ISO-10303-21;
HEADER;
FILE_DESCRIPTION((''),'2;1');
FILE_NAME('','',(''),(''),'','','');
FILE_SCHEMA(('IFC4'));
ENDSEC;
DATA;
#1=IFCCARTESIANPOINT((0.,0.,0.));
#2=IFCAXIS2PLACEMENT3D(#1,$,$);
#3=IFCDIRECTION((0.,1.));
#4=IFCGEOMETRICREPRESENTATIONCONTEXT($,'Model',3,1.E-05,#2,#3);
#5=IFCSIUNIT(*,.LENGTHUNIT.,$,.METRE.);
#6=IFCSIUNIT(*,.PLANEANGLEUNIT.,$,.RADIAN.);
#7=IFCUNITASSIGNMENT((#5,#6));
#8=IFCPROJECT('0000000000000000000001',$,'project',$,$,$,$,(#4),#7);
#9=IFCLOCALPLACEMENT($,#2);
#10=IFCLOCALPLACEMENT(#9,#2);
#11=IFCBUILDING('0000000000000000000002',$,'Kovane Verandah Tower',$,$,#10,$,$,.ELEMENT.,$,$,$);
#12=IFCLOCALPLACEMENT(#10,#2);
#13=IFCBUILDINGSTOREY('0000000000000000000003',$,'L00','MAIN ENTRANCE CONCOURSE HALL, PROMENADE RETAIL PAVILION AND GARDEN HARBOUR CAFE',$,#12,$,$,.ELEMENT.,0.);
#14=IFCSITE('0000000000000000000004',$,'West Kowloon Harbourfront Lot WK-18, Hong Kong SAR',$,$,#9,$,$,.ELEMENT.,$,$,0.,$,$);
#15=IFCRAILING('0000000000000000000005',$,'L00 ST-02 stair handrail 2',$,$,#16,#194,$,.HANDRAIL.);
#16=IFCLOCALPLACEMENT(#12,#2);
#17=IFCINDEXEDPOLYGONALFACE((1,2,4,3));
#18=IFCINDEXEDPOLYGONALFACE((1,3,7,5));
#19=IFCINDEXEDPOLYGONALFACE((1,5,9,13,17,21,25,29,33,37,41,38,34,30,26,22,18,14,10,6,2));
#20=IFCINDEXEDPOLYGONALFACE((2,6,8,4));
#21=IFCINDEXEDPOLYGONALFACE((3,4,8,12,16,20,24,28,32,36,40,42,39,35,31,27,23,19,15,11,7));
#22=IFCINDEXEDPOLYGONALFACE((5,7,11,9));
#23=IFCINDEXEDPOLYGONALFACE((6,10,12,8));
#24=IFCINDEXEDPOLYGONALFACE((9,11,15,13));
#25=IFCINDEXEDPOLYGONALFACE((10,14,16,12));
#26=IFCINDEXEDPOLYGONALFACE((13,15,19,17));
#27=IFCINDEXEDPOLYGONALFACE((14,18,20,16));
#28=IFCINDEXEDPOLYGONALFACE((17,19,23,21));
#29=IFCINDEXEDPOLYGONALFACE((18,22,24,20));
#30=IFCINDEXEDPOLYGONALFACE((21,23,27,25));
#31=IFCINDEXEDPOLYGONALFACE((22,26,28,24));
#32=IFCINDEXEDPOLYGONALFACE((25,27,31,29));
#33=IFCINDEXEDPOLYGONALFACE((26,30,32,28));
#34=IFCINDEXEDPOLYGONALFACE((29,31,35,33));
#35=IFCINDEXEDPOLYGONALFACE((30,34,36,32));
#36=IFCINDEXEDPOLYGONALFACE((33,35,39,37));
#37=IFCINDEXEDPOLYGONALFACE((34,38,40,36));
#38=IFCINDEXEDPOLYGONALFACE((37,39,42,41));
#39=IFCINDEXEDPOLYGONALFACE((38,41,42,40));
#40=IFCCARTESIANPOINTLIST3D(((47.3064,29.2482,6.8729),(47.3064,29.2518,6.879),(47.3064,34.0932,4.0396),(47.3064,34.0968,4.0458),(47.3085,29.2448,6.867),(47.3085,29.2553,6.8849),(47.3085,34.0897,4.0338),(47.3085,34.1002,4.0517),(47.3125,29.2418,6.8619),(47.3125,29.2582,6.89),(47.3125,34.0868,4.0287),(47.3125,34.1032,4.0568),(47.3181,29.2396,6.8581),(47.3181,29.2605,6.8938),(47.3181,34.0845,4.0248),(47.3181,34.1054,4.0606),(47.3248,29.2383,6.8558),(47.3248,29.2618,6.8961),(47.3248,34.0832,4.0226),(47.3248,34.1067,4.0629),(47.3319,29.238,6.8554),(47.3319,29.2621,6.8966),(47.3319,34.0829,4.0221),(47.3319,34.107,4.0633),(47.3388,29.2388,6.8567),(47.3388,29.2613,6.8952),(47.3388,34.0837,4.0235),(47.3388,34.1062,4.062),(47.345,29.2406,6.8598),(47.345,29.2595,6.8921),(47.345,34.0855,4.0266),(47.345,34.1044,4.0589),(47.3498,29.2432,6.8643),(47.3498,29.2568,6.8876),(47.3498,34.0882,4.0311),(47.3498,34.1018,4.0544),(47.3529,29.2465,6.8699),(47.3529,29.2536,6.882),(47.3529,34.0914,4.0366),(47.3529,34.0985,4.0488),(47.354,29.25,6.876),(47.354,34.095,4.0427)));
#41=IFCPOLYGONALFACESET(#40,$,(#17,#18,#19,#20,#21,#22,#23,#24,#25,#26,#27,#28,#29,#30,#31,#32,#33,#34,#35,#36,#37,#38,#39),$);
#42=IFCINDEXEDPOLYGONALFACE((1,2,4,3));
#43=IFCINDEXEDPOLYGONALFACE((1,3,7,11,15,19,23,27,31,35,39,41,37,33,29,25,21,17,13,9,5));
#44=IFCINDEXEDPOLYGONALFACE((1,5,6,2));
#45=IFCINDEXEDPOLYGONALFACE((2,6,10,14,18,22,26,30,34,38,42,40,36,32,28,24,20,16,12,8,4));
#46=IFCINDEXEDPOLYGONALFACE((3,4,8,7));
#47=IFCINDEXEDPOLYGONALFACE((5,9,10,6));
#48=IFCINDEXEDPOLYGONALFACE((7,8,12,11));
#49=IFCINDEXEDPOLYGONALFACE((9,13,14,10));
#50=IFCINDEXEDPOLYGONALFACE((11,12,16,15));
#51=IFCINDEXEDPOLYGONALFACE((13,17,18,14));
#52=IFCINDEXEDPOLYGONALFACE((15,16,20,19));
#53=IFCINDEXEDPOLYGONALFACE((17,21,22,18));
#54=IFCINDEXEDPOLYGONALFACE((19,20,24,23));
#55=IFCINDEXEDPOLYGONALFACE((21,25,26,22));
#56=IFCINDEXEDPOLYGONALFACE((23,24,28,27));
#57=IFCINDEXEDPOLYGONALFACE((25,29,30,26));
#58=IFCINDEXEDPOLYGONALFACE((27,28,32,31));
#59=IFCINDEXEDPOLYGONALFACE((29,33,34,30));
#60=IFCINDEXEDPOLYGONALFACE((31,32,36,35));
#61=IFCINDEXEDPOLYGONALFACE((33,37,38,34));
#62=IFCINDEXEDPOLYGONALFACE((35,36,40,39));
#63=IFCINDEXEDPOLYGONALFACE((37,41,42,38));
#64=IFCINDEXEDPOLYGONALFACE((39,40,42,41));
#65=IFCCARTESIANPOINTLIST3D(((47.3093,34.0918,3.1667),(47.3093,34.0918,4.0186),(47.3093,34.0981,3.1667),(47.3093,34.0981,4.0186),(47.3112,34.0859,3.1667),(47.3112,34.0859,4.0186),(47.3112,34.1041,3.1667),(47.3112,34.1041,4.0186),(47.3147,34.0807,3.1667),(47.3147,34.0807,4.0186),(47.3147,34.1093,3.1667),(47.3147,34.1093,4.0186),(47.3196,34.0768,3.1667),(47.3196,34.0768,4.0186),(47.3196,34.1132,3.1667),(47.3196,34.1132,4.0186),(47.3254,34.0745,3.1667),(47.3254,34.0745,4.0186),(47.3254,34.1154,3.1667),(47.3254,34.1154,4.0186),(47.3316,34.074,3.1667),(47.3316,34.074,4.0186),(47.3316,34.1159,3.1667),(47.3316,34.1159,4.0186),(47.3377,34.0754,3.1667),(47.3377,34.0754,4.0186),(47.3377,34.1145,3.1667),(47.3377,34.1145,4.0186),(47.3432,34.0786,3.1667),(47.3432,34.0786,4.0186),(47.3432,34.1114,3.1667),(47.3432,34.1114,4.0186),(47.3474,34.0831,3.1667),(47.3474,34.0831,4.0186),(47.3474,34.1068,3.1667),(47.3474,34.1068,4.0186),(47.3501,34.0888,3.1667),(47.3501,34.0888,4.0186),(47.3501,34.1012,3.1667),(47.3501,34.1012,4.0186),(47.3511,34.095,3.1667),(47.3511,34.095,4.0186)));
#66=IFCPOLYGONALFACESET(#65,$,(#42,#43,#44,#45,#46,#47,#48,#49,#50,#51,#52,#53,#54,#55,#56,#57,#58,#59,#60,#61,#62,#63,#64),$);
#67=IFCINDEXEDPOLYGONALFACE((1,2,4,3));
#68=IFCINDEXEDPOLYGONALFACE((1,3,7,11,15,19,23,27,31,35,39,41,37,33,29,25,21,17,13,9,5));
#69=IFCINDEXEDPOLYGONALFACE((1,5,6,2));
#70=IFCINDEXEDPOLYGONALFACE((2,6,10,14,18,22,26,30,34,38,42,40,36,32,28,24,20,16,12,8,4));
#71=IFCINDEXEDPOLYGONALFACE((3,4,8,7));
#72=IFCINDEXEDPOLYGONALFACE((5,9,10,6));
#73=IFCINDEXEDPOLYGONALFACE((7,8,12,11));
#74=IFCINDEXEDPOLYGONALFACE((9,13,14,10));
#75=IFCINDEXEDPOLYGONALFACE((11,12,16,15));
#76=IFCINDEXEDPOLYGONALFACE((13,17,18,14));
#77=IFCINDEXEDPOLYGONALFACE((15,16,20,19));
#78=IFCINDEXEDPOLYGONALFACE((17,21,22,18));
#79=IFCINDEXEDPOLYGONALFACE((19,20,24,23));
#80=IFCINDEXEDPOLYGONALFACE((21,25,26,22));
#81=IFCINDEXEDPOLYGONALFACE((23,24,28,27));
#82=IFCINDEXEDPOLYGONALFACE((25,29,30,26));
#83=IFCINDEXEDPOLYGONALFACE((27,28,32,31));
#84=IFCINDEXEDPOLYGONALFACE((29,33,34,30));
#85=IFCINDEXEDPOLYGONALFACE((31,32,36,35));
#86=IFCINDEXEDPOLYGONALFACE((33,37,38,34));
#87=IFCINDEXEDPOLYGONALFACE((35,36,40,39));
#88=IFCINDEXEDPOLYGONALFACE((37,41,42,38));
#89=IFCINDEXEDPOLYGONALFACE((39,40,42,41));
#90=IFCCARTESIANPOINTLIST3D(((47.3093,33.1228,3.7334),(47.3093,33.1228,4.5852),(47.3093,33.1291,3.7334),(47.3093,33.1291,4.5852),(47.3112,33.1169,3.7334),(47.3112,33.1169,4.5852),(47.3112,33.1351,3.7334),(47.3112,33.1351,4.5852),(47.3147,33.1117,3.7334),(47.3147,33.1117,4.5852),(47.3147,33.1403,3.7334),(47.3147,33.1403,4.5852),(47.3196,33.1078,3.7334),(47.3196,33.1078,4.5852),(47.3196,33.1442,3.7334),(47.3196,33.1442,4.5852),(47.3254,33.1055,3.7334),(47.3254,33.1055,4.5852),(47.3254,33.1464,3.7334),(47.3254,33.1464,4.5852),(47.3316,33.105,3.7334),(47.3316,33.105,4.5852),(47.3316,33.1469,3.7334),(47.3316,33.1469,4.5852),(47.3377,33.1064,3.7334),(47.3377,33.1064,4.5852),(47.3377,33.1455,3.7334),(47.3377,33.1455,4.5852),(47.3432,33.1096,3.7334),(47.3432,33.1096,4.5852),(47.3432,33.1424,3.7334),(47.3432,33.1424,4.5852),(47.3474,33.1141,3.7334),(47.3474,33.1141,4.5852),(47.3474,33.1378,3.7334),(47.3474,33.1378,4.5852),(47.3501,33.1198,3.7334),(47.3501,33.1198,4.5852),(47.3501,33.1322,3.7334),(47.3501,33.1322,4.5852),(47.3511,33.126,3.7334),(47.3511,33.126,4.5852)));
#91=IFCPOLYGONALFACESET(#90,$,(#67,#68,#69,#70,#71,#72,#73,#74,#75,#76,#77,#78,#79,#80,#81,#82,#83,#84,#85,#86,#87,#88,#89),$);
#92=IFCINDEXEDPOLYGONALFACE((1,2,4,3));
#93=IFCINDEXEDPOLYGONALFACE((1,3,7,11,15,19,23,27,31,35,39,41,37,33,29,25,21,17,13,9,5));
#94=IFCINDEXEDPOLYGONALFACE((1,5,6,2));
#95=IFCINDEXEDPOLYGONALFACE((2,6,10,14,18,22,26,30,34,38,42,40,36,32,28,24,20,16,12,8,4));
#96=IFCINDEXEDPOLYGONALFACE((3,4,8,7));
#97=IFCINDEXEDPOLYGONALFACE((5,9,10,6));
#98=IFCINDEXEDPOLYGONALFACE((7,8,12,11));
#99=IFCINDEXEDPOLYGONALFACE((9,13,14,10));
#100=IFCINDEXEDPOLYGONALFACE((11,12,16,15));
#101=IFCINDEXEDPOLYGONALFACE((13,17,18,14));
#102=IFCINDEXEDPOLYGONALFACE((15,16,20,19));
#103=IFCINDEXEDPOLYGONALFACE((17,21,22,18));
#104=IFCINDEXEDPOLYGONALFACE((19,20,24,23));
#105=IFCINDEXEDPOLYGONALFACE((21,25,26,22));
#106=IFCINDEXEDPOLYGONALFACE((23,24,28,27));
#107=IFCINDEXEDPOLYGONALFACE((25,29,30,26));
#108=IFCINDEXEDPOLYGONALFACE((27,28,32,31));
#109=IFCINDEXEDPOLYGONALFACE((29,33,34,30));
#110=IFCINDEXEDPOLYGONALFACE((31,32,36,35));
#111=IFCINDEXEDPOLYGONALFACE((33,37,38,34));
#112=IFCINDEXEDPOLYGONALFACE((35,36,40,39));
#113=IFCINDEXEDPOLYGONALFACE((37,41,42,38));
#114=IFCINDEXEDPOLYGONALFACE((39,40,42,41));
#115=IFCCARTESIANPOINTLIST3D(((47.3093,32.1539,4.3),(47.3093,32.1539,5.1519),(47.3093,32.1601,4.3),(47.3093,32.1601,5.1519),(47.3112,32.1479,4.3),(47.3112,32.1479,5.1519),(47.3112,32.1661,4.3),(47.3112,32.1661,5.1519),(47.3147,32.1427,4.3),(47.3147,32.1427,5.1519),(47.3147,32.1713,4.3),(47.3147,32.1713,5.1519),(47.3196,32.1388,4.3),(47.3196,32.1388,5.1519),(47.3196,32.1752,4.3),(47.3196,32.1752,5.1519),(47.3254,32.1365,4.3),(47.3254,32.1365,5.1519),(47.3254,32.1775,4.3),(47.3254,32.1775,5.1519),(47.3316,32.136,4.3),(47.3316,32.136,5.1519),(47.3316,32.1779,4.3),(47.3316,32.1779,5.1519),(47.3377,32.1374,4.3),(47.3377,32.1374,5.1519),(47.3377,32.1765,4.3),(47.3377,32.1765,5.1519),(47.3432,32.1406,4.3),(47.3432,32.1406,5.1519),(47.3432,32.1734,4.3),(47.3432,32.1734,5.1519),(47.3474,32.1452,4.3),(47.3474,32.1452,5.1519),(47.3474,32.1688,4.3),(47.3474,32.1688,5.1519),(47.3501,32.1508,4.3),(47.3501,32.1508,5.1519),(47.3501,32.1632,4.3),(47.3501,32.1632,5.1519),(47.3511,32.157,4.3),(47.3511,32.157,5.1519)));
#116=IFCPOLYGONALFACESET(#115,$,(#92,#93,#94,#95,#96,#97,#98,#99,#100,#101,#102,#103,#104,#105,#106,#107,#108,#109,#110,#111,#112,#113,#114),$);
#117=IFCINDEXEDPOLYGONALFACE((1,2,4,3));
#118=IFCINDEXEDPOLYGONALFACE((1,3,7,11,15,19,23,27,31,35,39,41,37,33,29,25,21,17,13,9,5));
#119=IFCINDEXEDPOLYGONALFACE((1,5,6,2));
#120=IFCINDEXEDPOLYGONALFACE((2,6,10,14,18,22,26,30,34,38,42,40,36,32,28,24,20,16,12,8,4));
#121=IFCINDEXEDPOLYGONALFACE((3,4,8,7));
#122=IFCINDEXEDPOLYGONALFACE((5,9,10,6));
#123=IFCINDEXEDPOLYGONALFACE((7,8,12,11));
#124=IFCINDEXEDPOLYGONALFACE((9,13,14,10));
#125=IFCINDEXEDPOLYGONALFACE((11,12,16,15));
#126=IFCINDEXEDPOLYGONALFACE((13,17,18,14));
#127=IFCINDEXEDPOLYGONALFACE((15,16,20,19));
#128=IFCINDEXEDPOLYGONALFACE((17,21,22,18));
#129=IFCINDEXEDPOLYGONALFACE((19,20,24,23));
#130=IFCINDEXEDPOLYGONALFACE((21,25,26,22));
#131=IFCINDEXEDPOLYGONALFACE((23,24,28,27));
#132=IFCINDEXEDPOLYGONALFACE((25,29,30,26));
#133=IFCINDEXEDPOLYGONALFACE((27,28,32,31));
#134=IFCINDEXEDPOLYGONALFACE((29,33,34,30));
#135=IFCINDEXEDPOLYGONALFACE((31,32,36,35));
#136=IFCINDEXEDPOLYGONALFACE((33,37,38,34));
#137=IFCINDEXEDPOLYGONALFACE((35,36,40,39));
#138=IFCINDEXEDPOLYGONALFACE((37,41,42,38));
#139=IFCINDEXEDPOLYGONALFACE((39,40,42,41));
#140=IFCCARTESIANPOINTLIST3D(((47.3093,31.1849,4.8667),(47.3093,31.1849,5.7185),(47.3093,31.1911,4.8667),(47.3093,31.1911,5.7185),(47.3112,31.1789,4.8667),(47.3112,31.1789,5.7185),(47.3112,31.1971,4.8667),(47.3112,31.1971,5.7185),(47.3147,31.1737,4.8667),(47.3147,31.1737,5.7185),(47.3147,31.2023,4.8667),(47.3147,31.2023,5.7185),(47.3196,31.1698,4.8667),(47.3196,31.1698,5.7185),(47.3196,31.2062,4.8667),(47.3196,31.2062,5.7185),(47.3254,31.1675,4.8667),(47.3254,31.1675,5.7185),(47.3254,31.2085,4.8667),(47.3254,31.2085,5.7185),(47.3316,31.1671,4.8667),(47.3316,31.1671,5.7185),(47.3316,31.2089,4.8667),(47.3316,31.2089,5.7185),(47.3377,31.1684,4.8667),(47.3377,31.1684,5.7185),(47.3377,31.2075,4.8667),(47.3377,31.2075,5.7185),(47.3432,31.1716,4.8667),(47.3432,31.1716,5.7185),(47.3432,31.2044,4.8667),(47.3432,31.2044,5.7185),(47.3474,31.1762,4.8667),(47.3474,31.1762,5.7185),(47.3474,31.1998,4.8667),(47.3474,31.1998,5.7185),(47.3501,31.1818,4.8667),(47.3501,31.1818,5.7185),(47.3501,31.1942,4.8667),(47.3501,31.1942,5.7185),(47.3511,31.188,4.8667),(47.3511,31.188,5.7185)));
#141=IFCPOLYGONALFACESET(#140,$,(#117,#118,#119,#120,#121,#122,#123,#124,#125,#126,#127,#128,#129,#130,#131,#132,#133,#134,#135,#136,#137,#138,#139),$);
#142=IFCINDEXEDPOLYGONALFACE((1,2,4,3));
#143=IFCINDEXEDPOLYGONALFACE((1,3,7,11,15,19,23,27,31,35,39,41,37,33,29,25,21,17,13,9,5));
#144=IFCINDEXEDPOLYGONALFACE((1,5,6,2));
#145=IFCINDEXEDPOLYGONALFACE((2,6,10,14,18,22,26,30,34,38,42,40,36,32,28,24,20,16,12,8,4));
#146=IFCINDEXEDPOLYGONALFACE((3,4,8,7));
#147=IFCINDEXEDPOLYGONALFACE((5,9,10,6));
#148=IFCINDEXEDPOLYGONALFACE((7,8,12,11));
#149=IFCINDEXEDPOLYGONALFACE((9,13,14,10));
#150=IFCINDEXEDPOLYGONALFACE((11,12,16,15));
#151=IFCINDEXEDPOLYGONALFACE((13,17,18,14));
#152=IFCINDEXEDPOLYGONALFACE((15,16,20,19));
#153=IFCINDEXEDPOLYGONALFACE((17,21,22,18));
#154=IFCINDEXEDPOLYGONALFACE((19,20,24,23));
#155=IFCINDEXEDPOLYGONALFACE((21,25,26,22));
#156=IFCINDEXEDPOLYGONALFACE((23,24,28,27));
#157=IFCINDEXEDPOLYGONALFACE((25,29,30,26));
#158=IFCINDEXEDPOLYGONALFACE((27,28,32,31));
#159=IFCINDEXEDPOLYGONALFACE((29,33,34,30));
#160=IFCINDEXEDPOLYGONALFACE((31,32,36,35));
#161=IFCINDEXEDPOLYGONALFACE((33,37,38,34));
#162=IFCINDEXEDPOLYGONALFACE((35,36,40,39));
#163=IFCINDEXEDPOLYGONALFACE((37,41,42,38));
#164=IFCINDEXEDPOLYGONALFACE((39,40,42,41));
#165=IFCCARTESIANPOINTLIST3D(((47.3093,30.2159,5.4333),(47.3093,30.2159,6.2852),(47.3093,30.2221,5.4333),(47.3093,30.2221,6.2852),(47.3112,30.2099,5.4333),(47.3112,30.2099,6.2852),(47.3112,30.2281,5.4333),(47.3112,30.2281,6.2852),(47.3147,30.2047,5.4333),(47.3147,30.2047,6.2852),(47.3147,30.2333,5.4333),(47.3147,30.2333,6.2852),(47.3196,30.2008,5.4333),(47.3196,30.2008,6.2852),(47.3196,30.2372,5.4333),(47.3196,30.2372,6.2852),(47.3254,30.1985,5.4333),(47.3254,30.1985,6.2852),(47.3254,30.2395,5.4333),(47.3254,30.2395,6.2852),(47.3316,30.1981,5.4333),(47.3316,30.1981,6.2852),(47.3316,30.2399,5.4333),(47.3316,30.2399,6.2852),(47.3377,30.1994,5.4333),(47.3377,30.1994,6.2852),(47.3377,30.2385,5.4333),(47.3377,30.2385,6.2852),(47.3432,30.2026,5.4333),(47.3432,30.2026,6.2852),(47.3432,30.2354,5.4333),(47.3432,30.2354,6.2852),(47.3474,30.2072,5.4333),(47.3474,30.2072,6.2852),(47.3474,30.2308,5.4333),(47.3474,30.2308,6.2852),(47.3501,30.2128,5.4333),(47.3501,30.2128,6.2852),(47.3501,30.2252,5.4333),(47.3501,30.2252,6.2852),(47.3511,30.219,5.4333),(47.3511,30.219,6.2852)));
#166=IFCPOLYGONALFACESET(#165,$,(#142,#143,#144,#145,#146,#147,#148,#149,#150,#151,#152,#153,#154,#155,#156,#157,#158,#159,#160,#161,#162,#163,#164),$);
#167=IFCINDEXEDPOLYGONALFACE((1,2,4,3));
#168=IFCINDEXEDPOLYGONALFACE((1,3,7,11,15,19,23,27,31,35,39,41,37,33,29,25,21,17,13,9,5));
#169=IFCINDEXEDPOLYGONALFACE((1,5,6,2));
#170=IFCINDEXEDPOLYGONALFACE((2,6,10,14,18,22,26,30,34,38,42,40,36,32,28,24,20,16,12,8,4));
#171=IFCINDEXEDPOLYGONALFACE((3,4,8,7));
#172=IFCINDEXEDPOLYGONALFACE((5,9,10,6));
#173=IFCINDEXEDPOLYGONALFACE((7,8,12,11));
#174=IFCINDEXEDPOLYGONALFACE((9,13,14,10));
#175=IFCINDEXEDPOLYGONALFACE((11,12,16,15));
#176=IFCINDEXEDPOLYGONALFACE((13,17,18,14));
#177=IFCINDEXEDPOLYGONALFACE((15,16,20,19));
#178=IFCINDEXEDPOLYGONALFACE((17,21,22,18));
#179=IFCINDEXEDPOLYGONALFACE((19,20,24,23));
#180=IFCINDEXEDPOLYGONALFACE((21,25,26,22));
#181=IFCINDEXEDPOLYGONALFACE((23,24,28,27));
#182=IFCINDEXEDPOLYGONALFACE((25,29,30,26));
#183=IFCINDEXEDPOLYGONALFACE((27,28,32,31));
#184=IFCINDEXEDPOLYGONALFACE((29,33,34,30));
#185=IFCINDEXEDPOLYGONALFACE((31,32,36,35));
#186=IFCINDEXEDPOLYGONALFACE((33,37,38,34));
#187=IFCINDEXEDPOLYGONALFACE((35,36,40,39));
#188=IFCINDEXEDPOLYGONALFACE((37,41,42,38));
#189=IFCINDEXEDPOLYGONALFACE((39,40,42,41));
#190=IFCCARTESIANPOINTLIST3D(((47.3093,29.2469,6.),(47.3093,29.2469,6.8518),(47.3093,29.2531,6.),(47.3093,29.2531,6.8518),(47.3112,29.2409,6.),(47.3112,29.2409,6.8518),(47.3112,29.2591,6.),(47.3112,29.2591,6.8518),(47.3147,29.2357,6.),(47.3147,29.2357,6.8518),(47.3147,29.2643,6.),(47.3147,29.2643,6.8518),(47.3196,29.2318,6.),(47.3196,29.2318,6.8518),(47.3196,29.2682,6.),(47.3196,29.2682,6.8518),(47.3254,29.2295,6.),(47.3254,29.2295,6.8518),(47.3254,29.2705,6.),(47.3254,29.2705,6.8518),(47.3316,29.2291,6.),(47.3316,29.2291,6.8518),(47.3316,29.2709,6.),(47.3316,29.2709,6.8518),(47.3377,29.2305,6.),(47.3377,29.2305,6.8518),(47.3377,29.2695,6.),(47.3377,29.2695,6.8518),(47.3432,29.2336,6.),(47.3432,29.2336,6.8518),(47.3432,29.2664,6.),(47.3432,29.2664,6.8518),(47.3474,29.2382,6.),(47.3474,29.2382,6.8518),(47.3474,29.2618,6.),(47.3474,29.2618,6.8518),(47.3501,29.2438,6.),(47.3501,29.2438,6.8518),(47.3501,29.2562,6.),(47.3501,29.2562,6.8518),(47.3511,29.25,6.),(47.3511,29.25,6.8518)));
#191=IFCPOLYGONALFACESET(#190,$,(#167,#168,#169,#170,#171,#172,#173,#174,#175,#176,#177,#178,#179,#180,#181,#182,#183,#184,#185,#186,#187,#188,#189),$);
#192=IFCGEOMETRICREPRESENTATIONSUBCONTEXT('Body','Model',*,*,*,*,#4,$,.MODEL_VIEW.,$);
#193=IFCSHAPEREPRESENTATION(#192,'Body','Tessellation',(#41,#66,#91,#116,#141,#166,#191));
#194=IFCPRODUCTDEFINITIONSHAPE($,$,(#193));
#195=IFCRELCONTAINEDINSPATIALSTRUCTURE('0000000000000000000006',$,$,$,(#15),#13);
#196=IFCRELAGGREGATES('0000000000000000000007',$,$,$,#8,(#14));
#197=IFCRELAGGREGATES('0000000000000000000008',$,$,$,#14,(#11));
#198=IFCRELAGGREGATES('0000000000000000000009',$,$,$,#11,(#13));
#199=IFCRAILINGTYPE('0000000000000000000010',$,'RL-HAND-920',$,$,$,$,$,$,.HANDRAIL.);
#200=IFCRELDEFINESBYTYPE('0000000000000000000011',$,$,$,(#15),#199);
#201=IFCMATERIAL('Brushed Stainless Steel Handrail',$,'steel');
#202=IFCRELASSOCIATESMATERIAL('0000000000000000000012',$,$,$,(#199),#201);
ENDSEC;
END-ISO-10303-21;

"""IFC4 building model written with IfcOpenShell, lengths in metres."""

from ifc_helpers import new_model, si_unit, direction, frame, origin, origin_2d, place, context, subcontext, project, spatial, circle, extrude, material, type_object, element, save


model = new_model("IFC4")

# Units and contexts
model_context = context("Model", 3, precision=1e-05, world=origin(), true_north=direction((0.0, 1.0)))
body_context = subcontext(model_context, "Body", "Model", "MODEL_VIEW")
ifc_project = project(units=[si_unit("LENGTHUNIT", "METRE"), si_unit("PLANEANGLEUNIT", "RADIAN")], contexts=[model_context])

# Site, building, storey
site_placement = place(None, origin())
site = spatial("IfcSite", under=ifc_project, at=site_placement, Name="West Kowloon Harbourfront Lot WK-18, Hong Kong SAR", CompositionType="ELEMENT", RefElevation=0.0)
building_placement = place(site_placement, origin())
building = spatial("IfcBuilding", under=site, at=building_placement, Name="Kovane Verandah Tower", CompositionType="ELEMENT")
storey_placement = place(building_placement, origin())
storey = spatial("IfcBuildingStorey", under=building, at=storey_placement, Name="L00", Description="MAIN ENTRANCE CONCOURSE HALL, PROMENADE RETAIL PAVILION AND GARDEN HARBOUR CAFE", CompositionType="ELEMENT", Elevation=0.0)

# Railing
ifc_material_1 = material(Name="Brushed Stainless Steel Handrail", Category="steel")
railing_type_1 = type_object("IfcRailingType", Name="RL-HAND-920", PredefinedType="HANDRAIL", material=ifc_material_1)
railing_1_placement = place(storey_placement, frame((47.3301, 34.095, 3.1667)))
element("IfcRailing", 1, at=railing_1_placement, inside=storey, type_object=railing_type_1, Name="L00 ST-02 stair handrail 2", PredefinedType="HANDRAIL", context=body_context, shape_type="SweptSolid", body=[
    extrude(circle(Radius=0.0239, at=origin_2d()), frame((0.0, 0.0, 0.876), z_axis=(0.0, -0.863234, 0.504804), x_axis=(1.0, 0.0, 0.0)), (0.0, 0.0, 1.0), 5.6125),
    extrude(circle(Radius=0.021, at=origin_2d()), origin(), (0.0, 0.0, 1.0), 0.8518),
    extrude(circle(Radius=0.021, at=origin_2d()), frame((0.0, -0.969, 0.5667)), (0.0, 0.0, 1.0), 0.8518),
    extrude(circle(Radius=0.021, at=origin_2d()), frame((0.0, -1.938, 1.1333)), (0.0, 0.0, 1.0), 0.8518),
    extrude(circle(Radius=0.021, at=origin_2d()), frame((0.0, -2.907, 1.7)), (0.0, 0.0, 1.0), 0.8518),
    extrude(circle(Radius=0.021, at=origin_2d()), frame((0.0, -3.876, 2.2666)), (0.0, 0.0, 1.0), 0.8518),
    extrude(circle(Radius=0.021, at=origin_2d()), frame((0.0, -4.845, 2.8333)), (0.0, 0.0, 1.0), 0.8518),
])

save(model, "model.ifc")
